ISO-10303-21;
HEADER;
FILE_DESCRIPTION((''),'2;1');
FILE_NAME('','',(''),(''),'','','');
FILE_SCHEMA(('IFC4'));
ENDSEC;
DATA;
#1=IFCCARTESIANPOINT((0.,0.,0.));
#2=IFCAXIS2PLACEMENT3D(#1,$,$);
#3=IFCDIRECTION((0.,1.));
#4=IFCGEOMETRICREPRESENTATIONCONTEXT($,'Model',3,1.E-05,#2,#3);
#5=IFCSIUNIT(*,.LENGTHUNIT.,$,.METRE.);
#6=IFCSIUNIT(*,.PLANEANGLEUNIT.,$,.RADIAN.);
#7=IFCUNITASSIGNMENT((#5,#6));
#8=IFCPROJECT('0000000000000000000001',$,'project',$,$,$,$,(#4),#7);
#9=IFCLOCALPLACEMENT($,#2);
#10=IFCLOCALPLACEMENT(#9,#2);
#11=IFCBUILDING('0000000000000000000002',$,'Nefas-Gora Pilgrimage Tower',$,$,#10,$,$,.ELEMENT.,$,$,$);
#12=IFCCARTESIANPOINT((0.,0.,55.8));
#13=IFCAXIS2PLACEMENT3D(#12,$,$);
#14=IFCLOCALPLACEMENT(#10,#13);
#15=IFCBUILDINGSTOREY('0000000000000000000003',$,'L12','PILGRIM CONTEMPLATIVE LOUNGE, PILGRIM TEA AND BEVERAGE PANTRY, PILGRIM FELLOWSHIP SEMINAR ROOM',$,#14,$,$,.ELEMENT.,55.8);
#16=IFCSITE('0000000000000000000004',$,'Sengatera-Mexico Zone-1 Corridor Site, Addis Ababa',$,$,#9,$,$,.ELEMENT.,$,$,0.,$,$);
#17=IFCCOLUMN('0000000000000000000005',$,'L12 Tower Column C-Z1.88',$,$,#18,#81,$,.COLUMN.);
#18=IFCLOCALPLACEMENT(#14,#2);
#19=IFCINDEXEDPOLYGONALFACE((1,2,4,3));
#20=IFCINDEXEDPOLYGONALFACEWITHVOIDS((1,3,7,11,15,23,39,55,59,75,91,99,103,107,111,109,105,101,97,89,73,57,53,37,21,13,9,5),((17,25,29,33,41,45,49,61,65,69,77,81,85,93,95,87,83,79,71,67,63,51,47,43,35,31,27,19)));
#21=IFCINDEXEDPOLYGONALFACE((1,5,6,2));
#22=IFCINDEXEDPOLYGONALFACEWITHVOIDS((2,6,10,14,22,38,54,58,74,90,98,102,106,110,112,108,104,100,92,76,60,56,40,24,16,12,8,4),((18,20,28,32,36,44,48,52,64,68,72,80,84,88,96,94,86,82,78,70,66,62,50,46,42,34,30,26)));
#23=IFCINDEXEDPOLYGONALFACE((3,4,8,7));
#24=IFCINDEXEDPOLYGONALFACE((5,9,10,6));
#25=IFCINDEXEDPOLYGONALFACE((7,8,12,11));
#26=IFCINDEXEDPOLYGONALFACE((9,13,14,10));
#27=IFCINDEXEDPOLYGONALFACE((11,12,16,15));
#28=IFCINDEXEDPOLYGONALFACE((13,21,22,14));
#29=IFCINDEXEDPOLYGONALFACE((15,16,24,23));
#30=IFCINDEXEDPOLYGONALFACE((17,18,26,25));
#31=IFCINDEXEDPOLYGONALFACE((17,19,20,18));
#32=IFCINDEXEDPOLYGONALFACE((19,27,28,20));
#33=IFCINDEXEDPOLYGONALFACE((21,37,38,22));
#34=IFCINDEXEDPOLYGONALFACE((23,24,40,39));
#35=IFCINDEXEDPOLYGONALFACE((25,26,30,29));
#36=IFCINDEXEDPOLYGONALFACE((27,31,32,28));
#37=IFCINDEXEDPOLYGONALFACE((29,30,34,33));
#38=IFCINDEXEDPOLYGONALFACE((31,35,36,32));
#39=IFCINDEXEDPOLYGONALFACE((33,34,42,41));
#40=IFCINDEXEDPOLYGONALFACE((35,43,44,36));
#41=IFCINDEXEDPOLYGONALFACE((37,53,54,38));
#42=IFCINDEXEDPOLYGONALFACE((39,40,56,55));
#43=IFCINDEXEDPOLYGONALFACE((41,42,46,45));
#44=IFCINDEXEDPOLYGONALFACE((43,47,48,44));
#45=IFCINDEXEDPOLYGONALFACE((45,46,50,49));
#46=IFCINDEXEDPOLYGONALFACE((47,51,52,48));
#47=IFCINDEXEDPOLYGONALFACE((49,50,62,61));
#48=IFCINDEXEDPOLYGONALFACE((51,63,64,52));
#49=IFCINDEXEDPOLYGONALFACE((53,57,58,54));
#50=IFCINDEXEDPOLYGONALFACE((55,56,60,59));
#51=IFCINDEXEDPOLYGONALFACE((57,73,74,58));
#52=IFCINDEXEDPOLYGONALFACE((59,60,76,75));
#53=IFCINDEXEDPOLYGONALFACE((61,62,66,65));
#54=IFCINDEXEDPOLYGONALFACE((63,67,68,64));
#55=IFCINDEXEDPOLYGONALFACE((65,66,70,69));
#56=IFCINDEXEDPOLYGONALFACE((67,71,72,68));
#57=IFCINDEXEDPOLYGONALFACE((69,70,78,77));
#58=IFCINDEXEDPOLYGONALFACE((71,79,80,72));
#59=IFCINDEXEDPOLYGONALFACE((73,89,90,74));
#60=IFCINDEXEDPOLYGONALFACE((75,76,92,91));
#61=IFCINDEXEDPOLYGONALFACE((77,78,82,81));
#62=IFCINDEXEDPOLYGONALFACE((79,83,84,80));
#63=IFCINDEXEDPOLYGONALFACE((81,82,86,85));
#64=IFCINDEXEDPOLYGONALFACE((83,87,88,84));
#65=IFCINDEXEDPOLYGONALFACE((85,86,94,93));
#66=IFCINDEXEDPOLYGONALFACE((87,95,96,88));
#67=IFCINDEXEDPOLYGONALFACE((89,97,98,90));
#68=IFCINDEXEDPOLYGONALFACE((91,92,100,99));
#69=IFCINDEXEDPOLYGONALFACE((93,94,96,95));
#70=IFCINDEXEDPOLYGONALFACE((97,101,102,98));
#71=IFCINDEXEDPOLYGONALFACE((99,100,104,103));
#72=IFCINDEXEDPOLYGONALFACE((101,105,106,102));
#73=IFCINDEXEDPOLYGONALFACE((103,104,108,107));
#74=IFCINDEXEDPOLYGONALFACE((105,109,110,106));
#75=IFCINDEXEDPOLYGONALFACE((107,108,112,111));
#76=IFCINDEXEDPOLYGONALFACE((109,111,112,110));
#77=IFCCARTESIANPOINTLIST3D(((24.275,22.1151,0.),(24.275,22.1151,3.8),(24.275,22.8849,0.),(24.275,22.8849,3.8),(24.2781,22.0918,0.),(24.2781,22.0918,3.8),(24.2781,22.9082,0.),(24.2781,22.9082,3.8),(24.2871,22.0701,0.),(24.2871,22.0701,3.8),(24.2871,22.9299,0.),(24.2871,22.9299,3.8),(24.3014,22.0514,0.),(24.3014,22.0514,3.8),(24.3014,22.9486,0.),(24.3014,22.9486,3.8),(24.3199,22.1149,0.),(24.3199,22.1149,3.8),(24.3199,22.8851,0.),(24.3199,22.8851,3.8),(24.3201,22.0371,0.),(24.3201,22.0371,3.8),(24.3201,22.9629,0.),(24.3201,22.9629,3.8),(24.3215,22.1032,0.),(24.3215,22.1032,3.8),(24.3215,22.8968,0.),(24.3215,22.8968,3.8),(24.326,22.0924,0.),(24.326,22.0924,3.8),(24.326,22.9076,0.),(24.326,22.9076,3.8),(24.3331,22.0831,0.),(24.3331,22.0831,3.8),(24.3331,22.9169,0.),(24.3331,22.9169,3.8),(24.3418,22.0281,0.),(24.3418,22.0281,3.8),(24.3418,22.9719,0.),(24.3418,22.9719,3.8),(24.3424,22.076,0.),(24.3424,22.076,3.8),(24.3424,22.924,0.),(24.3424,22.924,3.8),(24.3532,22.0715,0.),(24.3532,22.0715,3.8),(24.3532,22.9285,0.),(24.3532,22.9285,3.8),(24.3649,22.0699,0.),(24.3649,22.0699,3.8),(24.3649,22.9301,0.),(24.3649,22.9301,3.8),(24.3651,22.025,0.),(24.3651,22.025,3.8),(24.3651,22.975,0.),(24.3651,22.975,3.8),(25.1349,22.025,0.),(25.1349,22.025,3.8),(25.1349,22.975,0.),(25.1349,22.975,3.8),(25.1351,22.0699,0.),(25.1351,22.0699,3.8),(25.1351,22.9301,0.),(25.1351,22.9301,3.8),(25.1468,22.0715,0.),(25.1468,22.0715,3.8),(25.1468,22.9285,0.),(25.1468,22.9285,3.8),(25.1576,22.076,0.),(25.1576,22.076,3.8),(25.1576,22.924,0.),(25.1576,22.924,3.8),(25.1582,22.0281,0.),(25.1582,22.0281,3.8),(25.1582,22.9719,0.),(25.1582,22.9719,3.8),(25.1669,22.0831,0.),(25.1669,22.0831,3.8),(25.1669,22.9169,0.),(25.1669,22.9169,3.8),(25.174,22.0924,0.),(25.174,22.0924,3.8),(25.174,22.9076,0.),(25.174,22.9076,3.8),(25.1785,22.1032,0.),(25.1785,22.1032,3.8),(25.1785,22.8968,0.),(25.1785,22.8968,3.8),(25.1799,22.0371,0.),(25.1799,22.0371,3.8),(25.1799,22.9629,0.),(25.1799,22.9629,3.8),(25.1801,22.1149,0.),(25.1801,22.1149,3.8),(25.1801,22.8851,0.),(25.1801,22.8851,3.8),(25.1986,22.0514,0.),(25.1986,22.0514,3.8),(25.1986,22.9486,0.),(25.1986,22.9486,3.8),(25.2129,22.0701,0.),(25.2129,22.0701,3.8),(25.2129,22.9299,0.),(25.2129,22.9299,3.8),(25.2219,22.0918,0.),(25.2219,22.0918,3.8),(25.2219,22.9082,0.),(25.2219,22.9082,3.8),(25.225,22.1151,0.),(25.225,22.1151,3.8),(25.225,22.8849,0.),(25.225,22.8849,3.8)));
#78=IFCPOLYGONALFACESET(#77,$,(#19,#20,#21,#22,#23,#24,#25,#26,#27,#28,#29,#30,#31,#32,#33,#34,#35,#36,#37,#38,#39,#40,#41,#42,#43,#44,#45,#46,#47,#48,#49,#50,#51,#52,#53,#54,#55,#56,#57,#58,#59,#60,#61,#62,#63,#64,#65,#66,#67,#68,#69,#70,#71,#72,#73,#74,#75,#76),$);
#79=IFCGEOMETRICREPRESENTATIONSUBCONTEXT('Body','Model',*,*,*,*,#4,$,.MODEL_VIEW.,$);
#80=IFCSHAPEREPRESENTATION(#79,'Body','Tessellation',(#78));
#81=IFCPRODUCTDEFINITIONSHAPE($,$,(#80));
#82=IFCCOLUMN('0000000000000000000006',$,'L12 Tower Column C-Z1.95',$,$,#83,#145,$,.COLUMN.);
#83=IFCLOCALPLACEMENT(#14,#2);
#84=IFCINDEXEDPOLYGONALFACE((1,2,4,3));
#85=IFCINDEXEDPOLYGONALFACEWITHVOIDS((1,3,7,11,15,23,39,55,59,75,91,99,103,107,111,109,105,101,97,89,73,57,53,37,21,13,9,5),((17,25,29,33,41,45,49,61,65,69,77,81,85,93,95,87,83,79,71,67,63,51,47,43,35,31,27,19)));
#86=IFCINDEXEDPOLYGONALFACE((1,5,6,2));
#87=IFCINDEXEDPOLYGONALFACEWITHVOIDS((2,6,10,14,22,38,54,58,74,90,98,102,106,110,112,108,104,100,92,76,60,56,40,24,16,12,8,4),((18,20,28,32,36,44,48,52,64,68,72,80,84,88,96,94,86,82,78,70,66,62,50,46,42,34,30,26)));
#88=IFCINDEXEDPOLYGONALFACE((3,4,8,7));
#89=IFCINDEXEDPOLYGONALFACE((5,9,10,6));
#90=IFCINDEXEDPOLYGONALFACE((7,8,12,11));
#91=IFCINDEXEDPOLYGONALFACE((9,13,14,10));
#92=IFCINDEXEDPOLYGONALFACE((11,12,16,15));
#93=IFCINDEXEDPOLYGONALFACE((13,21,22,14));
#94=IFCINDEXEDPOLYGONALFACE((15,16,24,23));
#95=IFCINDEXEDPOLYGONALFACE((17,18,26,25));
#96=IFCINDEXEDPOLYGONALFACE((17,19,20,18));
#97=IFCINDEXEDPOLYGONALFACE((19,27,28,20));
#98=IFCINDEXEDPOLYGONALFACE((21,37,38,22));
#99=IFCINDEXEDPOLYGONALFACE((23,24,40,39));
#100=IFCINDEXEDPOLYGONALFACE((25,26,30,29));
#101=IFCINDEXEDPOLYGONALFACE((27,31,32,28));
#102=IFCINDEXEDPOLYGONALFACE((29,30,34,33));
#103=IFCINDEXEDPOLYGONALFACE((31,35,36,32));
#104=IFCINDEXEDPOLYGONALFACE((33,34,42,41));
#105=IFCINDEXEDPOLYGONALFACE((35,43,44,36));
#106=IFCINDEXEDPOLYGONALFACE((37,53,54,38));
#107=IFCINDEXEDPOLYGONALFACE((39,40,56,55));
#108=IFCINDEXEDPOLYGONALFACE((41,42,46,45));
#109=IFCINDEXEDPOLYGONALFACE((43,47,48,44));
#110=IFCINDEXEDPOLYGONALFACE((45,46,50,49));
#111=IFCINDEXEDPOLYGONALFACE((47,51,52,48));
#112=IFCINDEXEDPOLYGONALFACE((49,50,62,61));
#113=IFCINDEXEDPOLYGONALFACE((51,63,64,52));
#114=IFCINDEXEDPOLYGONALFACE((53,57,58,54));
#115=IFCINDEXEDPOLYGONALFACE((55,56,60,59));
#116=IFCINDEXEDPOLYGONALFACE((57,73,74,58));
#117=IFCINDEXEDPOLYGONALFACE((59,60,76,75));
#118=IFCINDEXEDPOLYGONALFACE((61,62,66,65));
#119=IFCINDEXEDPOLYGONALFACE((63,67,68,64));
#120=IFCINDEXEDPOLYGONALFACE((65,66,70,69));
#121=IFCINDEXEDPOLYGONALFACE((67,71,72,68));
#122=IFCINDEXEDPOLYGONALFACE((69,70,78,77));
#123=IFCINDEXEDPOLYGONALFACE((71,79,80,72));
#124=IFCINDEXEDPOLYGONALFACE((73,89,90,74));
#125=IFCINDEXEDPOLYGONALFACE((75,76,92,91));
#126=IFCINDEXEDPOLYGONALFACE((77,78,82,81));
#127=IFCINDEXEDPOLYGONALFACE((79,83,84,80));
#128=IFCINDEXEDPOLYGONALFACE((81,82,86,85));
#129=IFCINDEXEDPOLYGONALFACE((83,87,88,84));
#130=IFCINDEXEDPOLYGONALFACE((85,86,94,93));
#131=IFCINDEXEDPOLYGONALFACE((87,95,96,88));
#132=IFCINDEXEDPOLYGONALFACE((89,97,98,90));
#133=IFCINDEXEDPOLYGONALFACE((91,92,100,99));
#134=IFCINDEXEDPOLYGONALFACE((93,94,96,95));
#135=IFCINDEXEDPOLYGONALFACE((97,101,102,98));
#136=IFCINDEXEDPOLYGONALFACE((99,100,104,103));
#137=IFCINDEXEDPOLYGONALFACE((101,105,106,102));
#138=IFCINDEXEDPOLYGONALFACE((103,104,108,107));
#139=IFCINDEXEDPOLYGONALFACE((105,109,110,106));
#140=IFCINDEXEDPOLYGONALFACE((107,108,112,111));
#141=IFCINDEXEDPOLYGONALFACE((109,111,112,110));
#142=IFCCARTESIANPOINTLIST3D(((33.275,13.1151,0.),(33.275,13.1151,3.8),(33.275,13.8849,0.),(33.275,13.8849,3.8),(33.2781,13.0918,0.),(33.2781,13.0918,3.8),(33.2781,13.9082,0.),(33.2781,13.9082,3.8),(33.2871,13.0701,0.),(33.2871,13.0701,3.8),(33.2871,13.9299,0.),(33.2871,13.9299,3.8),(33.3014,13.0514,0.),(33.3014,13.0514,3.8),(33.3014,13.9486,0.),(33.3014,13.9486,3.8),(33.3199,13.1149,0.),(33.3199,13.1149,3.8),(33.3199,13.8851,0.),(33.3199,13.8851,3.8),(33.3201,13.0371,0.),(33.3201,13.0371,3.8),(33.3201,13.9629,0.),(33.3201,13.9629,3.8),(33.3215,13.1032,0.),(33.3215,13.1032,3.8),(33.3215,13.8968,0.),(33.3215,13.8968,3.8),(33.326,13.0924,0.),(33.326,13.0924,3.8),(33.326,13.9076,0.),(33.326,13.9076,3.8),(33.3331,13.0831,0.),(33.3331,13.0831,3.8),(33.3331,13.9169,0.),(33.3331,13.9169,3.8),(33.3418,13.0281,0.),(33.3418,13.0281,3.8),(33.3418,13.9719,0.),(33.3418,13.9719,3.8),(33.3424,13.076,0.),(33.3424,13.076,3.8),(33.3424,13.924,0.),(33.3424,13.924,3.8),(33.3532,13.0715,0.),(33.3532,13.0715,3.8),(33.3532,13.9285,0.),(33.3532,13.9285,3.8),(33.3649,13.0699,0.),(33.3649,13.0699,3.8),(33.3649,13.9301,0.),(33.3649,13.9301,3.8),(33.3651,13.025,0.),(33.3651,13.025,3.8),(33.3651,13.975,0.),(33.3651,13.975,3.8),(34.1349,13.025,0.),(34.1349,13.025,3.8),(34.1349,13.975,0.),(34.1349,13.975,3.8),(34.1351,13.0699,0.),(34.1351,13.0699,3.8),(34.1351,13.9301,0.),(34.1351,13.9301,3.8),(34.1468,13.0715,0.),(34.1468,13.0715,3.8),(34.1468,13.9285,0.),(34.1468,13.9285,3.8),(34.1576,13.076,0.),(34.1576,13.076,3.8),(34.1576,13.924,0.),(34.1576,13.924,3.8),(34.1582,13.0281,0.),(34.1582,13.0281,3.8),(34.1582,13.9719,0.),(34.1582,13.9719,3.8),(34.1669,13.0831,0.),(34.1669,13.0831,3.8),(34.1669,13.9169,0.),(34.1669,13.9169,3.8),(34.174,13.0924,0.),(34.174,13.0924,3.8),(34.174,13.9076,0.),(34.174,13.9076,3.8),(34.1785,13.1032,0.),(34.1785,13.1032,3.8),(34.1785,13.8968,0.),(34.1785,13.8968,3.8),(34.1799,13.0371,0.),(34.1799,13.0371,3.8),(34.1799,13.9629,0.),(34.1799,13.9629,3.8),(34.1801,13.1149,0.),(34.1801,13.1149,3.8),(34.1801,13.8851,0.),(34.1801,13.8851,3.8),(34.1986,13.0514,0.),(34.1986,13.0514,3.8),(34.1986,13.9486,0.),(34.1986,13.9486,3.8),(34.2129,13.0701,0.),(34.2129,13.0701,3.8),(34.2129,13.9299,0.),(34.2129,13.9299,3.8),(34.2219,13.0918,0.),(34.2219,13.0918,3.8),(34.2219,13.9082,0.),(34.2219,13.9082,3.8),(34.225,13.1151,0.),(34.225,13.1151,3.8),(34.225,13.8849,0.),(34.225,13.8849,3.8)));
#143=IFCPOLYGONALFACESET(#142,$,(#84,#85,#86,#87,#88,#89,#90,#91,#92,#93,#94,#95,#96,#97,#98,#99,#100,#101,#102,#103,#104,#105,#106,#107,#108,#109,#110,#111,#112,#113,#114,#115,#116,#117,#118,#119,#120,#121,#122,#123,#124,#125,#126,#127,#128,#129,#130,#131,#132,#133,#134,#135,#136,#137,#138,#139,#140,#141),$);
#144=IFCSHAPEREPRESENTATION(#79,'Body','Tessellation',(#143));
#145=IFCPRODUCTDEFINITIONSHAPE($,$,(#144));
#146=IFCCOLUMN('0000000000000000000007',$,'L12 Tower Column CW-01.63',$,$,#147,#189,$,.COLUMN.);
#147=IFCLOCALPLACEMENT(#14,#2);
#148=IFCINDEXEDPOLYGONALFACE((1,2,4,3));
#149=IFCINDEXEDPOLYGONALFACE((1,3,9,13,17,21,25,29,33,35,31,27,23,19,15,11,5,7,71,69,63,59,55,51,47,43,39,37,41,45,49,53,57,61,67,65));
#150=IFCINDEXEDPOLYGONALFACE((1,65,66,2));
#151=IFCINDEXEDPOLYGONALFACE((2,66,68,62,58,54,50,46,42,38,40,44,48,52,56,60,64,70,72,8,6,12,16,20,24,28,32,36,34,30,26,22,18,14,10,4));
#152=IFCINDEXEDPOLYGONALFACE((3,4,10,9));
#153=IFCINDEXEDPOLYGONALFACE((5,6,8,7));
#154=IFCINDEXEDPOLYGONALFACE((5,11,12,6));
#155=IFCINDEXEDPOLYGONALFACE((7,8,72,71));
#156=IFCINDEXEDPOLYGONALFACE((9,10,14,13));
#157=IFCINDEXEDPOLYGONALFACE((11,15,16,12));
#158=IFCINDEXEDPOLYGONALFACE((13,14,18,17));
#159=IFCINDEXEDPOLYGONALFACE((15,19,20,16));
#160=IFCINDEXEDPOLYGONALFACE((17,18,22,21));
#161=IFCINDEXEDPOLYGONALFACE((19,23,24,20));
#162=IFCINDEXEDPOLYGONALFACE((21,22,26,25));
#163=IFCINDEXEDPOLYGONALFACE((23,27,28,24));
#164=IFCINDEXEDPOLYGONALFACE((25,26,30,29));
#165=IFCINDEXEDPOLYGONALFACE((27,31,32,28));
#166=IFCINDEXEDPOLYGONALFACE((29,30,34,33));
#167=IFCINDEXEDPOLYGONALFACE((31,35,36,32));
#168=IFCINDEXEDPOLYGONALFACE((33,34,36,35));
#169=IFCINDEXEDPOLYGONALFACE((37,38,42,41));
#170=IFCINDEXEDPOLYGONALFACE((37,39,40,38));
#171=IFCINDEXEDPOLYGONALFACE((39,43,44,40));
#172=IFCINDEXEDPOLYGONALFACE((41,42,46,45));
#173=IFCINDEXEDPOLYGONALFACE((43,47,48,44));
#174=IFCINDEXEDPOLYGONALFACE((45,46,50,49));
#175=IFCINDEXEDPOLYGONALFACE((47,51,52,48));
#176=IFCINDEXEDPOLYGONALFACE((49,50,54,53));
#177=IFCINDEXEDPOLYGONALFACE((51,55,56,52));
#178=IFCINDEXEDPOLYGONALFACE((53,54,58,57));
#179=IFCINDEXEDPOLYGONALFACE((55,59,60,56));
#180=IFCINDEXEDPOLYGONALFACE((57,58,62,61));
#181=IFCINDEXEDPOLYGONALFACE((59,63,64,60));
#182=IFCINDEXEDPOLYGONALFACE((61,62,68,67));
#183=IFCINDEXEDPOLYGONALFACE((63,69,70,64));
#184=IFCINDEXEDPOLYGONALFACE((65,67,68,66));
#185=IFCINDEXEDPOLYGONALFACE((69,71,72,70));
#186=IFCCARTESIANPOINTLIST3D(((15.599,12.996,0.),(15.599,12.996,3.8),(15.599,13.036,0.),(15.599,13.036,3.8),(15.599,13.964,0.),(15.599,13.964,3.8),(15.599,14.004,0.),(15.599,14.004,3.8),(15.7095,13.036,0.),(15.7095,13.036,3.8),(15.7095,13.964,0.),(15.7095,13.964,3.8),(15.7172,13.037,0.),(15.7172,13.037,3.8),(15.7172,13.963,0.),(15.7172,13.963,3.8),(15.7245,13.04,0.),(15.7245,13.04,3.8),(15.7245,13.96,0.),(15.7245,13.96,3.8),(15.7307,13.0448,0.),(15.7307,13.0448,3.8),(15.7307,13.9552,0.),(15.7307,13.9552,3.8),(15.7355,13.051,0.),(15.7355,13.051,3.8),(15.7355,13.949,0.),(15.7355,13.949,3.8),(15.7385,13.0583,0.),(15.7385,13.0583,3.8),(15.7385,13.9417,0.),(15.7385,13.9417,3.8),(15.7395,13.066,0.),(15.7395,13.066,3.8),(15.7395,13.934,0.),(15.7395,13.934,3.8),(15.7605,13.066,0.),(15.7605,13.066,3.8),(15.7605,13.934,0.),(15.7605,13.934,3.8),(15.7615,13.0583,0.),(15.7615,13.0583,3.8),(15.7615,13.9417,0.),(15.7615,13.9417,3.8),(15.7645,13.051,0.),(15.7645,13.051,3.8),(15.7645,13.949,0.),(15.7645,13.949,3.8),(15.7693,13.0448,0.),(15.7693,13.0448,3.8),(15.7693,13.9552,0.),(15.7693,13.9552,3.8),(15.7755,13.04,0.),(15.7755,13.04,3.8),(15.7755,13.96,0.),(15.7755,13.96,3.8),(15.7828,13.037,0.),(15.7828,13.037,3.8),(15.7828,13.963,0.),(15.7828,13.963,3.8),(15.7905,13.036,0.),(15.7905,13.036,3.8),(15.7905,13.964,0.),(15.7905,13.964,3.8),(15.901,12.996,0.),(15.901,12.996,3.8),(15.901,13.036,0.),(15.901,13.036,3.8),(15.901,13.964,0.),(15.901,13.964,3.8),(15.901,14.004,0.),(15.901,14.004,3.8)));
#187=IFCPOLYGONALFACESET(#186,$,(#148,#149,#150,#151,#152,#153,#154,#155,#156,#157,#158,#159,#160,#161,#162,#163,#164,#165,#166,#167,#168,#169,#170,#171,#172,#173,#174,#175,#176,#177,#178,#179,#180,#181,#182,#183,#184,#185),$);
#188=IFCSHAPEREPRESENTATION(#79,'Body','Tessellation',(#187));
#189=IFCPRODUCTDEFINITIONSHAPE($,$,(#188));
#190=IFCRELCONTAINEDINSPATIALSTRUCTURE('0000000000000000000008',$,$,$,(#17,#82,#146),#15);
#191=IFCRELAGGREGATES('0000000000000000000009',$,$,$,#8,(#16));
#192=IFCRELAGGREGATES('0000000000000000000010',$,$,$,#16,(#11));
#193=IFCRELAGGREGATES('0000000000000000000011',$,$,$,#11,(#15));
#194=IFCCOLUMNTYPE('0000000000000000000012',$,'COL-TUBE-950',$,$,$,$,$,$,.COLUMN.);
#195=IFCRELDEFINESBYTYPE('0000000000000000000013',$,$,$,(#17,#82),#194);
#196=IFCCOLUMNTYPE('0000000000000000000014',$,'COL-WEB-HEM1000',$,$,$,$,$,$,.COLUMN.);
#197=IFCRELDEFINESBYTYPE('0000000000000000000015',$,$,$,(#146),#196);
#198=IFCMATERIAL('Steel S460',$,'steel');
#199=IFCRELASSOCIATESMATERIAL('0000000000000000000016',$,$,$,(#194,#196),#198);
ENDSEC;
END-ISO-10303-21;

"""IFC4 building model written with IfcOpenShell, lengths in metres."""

from ifc_helpers import new_model, si_unit, direction, frame, origin, origin_2d, place, context, subcontext, project, spatial, hollow_rectangle, i_section, extrude, source, transform, mapped, material, material_profile, profile_set, type_object, element, save


model = new_model("IFC4")

# Units and contexts
model_context = context("Model", 3, precision=1e-05, world=origin(), true_north=direction((0.0, 1.0)))
body_context = subcontext(model_context, "Body", "Model", "MODEL_VIEW")
ifc_project = project(units=[si_unit("LENGTHUNIT", "METRE"), si_unit("PLANEANGLEUNIT", "RADIAN")], contexts=[model_context])

# Site, building, storey
site_placement = place(None, origin())
site = spatial("IfcSite", under=ifc_project, at=site_placement, Name="Sengatera-Mexico Zone-1 Corridor Site, Addis Ababa", CompositionType="ELEMENT", RefElevation=0.0)
building_placement = place(site_placement, origin())
building = spatial("IfcBuilding", under=site, at=building_placement, Name="Nefas-Gora Pilgrimage Tower", CompositionType="ELEMENT")
storey_placement = place(building_placement, frame((0.0, 0.0, 55.8)))
storey = spatial("IfcBuildingStorey", under=building, at=storey_placement, Name="L12", Description="PILGRIM CONTEMPLATIVE LOUNGE, PILGRIM TEA AND BEVERAGE PANTRY, PILGRIM FELLOWSHIP SEMINAR ROOM", CompositionType="ELEMENT", Elevation=55.8)

# Columns
ifc_material_1 = material(Name="Steel S460", Category="steel")
ifc_material_profile_1 = material_profile(ifc_material_1, hollow_rectangle(XDim=0.95, YDim=0.95, WallThickness=0.0449, InnerFilletRadius=0.0449, OuterFilletRadius=0.0901, at=origin_2d()), Name="BOX 950x950x45")
ifc_profile_set_1 = profile_set([ifc_material_profile_1], Name="Steel S460")
column_type_1 = type_object("IfcColumnType", Name="COL-TUBE-950", PredefinedType="COLUMN", material=ifc_profile_set_1)
shared_shape_1 = source(origin(), body_context, "Body", "SweptSolid", [
    extrude(hollow_rectangle(XDim=0.95, YDim=0.95, WallThickness=0.0449, InnerFilletRadius=0.0449, OuterFilletRadius=0.0901, at=origin_2d()), origin(), (0.0, 0.0, 1.0), 3.8),
])
for number, where, z_axis, x_axis, name in (
    (1, (24.75, 22.5, 0.0), (0.0, 0.0, 1.0), (1.0, 0.0, 0.0), "L12 Tower Column C-Z1.88"),
    (2, (33.75, 13.5, 0.0), (0.0, 0.0, 1.0), (1.0, 0.0, 0.0), "L12 Tower Column C-Z1.95"),
):
    element("IfcColumn", number, at=place(storey_placement, frame(where, z_axis=z_axis, x_axis=x_axis)), inside=storey, type_object=column_type_1, Name=name, PredefinedType="COLUMN", context=body_context, shape_type="MappedRepresentation", body=[
        mapped(shared_shape_1, transform((0.0, 0.0, 0.0), x_axis=(1.0, 0.0, 0.0), y_axis=(0.0, 1.0, 0.0), z_axis=(0.0, 0.0, 1.0), scale=1.0)),
    ])
ifc_material_profile_2 = material_profile(ifc_material_1, i_section(OverallWidth=0.302, OverallDepth=1.0081, WebThickness=0.021, FlangeThickness=0.04, FilletRadius=0.03, at=origin_2d()), Name="HEM 1000")
ifc_profile_set_2 = profile_set([ifc_material_profile_2], Name="Steel S460")
column_type_2 = type_object("IfcColumnType", Name="COL-WEB-HEM1000", PredefinedType="COLUMN", material=ifc_profile_set_2)
shared_shape_2 = source(origin(), body_context, "Body", "SweptSolid", [
    extrude(i_section(OverallWidth=0.302, OverallDepth=1.0081, WebThickness=0.021, FlangeThickness=0.04, FilletRadius=0.03, at=origin_2d()), origin(), (0.0, 0.0, 1.0), 3.8),
])
for number, where, z_axis, x_axis, name in (
    (3, (15.75, 13.5, 0.0), (0.0, 0.0, 1.0), (1.0, 0.0, 0.0), "L12 Tower Column CW-01.63"),
):
    element("IfcColumn", number, at=place(storey_placement, frame(where, z_axis=z_axis, x_axis=x_axis)), inside=storey, type_object=column_type_2, Name=name, PredefinedType="COLUMN", context=body_context, shape_type="MappedRepresentation", body=[
        mapped(shared_shape_2, transform((0.0, 0.0, 0.0), x_axis=(1.0, 0.0, 0.0), y_axis=(0.0, 1.0, 0.0), z_axis=(0.0, 0.0, 1.0), scale=1.0)),
    ])

save(model, "model.ifc")
